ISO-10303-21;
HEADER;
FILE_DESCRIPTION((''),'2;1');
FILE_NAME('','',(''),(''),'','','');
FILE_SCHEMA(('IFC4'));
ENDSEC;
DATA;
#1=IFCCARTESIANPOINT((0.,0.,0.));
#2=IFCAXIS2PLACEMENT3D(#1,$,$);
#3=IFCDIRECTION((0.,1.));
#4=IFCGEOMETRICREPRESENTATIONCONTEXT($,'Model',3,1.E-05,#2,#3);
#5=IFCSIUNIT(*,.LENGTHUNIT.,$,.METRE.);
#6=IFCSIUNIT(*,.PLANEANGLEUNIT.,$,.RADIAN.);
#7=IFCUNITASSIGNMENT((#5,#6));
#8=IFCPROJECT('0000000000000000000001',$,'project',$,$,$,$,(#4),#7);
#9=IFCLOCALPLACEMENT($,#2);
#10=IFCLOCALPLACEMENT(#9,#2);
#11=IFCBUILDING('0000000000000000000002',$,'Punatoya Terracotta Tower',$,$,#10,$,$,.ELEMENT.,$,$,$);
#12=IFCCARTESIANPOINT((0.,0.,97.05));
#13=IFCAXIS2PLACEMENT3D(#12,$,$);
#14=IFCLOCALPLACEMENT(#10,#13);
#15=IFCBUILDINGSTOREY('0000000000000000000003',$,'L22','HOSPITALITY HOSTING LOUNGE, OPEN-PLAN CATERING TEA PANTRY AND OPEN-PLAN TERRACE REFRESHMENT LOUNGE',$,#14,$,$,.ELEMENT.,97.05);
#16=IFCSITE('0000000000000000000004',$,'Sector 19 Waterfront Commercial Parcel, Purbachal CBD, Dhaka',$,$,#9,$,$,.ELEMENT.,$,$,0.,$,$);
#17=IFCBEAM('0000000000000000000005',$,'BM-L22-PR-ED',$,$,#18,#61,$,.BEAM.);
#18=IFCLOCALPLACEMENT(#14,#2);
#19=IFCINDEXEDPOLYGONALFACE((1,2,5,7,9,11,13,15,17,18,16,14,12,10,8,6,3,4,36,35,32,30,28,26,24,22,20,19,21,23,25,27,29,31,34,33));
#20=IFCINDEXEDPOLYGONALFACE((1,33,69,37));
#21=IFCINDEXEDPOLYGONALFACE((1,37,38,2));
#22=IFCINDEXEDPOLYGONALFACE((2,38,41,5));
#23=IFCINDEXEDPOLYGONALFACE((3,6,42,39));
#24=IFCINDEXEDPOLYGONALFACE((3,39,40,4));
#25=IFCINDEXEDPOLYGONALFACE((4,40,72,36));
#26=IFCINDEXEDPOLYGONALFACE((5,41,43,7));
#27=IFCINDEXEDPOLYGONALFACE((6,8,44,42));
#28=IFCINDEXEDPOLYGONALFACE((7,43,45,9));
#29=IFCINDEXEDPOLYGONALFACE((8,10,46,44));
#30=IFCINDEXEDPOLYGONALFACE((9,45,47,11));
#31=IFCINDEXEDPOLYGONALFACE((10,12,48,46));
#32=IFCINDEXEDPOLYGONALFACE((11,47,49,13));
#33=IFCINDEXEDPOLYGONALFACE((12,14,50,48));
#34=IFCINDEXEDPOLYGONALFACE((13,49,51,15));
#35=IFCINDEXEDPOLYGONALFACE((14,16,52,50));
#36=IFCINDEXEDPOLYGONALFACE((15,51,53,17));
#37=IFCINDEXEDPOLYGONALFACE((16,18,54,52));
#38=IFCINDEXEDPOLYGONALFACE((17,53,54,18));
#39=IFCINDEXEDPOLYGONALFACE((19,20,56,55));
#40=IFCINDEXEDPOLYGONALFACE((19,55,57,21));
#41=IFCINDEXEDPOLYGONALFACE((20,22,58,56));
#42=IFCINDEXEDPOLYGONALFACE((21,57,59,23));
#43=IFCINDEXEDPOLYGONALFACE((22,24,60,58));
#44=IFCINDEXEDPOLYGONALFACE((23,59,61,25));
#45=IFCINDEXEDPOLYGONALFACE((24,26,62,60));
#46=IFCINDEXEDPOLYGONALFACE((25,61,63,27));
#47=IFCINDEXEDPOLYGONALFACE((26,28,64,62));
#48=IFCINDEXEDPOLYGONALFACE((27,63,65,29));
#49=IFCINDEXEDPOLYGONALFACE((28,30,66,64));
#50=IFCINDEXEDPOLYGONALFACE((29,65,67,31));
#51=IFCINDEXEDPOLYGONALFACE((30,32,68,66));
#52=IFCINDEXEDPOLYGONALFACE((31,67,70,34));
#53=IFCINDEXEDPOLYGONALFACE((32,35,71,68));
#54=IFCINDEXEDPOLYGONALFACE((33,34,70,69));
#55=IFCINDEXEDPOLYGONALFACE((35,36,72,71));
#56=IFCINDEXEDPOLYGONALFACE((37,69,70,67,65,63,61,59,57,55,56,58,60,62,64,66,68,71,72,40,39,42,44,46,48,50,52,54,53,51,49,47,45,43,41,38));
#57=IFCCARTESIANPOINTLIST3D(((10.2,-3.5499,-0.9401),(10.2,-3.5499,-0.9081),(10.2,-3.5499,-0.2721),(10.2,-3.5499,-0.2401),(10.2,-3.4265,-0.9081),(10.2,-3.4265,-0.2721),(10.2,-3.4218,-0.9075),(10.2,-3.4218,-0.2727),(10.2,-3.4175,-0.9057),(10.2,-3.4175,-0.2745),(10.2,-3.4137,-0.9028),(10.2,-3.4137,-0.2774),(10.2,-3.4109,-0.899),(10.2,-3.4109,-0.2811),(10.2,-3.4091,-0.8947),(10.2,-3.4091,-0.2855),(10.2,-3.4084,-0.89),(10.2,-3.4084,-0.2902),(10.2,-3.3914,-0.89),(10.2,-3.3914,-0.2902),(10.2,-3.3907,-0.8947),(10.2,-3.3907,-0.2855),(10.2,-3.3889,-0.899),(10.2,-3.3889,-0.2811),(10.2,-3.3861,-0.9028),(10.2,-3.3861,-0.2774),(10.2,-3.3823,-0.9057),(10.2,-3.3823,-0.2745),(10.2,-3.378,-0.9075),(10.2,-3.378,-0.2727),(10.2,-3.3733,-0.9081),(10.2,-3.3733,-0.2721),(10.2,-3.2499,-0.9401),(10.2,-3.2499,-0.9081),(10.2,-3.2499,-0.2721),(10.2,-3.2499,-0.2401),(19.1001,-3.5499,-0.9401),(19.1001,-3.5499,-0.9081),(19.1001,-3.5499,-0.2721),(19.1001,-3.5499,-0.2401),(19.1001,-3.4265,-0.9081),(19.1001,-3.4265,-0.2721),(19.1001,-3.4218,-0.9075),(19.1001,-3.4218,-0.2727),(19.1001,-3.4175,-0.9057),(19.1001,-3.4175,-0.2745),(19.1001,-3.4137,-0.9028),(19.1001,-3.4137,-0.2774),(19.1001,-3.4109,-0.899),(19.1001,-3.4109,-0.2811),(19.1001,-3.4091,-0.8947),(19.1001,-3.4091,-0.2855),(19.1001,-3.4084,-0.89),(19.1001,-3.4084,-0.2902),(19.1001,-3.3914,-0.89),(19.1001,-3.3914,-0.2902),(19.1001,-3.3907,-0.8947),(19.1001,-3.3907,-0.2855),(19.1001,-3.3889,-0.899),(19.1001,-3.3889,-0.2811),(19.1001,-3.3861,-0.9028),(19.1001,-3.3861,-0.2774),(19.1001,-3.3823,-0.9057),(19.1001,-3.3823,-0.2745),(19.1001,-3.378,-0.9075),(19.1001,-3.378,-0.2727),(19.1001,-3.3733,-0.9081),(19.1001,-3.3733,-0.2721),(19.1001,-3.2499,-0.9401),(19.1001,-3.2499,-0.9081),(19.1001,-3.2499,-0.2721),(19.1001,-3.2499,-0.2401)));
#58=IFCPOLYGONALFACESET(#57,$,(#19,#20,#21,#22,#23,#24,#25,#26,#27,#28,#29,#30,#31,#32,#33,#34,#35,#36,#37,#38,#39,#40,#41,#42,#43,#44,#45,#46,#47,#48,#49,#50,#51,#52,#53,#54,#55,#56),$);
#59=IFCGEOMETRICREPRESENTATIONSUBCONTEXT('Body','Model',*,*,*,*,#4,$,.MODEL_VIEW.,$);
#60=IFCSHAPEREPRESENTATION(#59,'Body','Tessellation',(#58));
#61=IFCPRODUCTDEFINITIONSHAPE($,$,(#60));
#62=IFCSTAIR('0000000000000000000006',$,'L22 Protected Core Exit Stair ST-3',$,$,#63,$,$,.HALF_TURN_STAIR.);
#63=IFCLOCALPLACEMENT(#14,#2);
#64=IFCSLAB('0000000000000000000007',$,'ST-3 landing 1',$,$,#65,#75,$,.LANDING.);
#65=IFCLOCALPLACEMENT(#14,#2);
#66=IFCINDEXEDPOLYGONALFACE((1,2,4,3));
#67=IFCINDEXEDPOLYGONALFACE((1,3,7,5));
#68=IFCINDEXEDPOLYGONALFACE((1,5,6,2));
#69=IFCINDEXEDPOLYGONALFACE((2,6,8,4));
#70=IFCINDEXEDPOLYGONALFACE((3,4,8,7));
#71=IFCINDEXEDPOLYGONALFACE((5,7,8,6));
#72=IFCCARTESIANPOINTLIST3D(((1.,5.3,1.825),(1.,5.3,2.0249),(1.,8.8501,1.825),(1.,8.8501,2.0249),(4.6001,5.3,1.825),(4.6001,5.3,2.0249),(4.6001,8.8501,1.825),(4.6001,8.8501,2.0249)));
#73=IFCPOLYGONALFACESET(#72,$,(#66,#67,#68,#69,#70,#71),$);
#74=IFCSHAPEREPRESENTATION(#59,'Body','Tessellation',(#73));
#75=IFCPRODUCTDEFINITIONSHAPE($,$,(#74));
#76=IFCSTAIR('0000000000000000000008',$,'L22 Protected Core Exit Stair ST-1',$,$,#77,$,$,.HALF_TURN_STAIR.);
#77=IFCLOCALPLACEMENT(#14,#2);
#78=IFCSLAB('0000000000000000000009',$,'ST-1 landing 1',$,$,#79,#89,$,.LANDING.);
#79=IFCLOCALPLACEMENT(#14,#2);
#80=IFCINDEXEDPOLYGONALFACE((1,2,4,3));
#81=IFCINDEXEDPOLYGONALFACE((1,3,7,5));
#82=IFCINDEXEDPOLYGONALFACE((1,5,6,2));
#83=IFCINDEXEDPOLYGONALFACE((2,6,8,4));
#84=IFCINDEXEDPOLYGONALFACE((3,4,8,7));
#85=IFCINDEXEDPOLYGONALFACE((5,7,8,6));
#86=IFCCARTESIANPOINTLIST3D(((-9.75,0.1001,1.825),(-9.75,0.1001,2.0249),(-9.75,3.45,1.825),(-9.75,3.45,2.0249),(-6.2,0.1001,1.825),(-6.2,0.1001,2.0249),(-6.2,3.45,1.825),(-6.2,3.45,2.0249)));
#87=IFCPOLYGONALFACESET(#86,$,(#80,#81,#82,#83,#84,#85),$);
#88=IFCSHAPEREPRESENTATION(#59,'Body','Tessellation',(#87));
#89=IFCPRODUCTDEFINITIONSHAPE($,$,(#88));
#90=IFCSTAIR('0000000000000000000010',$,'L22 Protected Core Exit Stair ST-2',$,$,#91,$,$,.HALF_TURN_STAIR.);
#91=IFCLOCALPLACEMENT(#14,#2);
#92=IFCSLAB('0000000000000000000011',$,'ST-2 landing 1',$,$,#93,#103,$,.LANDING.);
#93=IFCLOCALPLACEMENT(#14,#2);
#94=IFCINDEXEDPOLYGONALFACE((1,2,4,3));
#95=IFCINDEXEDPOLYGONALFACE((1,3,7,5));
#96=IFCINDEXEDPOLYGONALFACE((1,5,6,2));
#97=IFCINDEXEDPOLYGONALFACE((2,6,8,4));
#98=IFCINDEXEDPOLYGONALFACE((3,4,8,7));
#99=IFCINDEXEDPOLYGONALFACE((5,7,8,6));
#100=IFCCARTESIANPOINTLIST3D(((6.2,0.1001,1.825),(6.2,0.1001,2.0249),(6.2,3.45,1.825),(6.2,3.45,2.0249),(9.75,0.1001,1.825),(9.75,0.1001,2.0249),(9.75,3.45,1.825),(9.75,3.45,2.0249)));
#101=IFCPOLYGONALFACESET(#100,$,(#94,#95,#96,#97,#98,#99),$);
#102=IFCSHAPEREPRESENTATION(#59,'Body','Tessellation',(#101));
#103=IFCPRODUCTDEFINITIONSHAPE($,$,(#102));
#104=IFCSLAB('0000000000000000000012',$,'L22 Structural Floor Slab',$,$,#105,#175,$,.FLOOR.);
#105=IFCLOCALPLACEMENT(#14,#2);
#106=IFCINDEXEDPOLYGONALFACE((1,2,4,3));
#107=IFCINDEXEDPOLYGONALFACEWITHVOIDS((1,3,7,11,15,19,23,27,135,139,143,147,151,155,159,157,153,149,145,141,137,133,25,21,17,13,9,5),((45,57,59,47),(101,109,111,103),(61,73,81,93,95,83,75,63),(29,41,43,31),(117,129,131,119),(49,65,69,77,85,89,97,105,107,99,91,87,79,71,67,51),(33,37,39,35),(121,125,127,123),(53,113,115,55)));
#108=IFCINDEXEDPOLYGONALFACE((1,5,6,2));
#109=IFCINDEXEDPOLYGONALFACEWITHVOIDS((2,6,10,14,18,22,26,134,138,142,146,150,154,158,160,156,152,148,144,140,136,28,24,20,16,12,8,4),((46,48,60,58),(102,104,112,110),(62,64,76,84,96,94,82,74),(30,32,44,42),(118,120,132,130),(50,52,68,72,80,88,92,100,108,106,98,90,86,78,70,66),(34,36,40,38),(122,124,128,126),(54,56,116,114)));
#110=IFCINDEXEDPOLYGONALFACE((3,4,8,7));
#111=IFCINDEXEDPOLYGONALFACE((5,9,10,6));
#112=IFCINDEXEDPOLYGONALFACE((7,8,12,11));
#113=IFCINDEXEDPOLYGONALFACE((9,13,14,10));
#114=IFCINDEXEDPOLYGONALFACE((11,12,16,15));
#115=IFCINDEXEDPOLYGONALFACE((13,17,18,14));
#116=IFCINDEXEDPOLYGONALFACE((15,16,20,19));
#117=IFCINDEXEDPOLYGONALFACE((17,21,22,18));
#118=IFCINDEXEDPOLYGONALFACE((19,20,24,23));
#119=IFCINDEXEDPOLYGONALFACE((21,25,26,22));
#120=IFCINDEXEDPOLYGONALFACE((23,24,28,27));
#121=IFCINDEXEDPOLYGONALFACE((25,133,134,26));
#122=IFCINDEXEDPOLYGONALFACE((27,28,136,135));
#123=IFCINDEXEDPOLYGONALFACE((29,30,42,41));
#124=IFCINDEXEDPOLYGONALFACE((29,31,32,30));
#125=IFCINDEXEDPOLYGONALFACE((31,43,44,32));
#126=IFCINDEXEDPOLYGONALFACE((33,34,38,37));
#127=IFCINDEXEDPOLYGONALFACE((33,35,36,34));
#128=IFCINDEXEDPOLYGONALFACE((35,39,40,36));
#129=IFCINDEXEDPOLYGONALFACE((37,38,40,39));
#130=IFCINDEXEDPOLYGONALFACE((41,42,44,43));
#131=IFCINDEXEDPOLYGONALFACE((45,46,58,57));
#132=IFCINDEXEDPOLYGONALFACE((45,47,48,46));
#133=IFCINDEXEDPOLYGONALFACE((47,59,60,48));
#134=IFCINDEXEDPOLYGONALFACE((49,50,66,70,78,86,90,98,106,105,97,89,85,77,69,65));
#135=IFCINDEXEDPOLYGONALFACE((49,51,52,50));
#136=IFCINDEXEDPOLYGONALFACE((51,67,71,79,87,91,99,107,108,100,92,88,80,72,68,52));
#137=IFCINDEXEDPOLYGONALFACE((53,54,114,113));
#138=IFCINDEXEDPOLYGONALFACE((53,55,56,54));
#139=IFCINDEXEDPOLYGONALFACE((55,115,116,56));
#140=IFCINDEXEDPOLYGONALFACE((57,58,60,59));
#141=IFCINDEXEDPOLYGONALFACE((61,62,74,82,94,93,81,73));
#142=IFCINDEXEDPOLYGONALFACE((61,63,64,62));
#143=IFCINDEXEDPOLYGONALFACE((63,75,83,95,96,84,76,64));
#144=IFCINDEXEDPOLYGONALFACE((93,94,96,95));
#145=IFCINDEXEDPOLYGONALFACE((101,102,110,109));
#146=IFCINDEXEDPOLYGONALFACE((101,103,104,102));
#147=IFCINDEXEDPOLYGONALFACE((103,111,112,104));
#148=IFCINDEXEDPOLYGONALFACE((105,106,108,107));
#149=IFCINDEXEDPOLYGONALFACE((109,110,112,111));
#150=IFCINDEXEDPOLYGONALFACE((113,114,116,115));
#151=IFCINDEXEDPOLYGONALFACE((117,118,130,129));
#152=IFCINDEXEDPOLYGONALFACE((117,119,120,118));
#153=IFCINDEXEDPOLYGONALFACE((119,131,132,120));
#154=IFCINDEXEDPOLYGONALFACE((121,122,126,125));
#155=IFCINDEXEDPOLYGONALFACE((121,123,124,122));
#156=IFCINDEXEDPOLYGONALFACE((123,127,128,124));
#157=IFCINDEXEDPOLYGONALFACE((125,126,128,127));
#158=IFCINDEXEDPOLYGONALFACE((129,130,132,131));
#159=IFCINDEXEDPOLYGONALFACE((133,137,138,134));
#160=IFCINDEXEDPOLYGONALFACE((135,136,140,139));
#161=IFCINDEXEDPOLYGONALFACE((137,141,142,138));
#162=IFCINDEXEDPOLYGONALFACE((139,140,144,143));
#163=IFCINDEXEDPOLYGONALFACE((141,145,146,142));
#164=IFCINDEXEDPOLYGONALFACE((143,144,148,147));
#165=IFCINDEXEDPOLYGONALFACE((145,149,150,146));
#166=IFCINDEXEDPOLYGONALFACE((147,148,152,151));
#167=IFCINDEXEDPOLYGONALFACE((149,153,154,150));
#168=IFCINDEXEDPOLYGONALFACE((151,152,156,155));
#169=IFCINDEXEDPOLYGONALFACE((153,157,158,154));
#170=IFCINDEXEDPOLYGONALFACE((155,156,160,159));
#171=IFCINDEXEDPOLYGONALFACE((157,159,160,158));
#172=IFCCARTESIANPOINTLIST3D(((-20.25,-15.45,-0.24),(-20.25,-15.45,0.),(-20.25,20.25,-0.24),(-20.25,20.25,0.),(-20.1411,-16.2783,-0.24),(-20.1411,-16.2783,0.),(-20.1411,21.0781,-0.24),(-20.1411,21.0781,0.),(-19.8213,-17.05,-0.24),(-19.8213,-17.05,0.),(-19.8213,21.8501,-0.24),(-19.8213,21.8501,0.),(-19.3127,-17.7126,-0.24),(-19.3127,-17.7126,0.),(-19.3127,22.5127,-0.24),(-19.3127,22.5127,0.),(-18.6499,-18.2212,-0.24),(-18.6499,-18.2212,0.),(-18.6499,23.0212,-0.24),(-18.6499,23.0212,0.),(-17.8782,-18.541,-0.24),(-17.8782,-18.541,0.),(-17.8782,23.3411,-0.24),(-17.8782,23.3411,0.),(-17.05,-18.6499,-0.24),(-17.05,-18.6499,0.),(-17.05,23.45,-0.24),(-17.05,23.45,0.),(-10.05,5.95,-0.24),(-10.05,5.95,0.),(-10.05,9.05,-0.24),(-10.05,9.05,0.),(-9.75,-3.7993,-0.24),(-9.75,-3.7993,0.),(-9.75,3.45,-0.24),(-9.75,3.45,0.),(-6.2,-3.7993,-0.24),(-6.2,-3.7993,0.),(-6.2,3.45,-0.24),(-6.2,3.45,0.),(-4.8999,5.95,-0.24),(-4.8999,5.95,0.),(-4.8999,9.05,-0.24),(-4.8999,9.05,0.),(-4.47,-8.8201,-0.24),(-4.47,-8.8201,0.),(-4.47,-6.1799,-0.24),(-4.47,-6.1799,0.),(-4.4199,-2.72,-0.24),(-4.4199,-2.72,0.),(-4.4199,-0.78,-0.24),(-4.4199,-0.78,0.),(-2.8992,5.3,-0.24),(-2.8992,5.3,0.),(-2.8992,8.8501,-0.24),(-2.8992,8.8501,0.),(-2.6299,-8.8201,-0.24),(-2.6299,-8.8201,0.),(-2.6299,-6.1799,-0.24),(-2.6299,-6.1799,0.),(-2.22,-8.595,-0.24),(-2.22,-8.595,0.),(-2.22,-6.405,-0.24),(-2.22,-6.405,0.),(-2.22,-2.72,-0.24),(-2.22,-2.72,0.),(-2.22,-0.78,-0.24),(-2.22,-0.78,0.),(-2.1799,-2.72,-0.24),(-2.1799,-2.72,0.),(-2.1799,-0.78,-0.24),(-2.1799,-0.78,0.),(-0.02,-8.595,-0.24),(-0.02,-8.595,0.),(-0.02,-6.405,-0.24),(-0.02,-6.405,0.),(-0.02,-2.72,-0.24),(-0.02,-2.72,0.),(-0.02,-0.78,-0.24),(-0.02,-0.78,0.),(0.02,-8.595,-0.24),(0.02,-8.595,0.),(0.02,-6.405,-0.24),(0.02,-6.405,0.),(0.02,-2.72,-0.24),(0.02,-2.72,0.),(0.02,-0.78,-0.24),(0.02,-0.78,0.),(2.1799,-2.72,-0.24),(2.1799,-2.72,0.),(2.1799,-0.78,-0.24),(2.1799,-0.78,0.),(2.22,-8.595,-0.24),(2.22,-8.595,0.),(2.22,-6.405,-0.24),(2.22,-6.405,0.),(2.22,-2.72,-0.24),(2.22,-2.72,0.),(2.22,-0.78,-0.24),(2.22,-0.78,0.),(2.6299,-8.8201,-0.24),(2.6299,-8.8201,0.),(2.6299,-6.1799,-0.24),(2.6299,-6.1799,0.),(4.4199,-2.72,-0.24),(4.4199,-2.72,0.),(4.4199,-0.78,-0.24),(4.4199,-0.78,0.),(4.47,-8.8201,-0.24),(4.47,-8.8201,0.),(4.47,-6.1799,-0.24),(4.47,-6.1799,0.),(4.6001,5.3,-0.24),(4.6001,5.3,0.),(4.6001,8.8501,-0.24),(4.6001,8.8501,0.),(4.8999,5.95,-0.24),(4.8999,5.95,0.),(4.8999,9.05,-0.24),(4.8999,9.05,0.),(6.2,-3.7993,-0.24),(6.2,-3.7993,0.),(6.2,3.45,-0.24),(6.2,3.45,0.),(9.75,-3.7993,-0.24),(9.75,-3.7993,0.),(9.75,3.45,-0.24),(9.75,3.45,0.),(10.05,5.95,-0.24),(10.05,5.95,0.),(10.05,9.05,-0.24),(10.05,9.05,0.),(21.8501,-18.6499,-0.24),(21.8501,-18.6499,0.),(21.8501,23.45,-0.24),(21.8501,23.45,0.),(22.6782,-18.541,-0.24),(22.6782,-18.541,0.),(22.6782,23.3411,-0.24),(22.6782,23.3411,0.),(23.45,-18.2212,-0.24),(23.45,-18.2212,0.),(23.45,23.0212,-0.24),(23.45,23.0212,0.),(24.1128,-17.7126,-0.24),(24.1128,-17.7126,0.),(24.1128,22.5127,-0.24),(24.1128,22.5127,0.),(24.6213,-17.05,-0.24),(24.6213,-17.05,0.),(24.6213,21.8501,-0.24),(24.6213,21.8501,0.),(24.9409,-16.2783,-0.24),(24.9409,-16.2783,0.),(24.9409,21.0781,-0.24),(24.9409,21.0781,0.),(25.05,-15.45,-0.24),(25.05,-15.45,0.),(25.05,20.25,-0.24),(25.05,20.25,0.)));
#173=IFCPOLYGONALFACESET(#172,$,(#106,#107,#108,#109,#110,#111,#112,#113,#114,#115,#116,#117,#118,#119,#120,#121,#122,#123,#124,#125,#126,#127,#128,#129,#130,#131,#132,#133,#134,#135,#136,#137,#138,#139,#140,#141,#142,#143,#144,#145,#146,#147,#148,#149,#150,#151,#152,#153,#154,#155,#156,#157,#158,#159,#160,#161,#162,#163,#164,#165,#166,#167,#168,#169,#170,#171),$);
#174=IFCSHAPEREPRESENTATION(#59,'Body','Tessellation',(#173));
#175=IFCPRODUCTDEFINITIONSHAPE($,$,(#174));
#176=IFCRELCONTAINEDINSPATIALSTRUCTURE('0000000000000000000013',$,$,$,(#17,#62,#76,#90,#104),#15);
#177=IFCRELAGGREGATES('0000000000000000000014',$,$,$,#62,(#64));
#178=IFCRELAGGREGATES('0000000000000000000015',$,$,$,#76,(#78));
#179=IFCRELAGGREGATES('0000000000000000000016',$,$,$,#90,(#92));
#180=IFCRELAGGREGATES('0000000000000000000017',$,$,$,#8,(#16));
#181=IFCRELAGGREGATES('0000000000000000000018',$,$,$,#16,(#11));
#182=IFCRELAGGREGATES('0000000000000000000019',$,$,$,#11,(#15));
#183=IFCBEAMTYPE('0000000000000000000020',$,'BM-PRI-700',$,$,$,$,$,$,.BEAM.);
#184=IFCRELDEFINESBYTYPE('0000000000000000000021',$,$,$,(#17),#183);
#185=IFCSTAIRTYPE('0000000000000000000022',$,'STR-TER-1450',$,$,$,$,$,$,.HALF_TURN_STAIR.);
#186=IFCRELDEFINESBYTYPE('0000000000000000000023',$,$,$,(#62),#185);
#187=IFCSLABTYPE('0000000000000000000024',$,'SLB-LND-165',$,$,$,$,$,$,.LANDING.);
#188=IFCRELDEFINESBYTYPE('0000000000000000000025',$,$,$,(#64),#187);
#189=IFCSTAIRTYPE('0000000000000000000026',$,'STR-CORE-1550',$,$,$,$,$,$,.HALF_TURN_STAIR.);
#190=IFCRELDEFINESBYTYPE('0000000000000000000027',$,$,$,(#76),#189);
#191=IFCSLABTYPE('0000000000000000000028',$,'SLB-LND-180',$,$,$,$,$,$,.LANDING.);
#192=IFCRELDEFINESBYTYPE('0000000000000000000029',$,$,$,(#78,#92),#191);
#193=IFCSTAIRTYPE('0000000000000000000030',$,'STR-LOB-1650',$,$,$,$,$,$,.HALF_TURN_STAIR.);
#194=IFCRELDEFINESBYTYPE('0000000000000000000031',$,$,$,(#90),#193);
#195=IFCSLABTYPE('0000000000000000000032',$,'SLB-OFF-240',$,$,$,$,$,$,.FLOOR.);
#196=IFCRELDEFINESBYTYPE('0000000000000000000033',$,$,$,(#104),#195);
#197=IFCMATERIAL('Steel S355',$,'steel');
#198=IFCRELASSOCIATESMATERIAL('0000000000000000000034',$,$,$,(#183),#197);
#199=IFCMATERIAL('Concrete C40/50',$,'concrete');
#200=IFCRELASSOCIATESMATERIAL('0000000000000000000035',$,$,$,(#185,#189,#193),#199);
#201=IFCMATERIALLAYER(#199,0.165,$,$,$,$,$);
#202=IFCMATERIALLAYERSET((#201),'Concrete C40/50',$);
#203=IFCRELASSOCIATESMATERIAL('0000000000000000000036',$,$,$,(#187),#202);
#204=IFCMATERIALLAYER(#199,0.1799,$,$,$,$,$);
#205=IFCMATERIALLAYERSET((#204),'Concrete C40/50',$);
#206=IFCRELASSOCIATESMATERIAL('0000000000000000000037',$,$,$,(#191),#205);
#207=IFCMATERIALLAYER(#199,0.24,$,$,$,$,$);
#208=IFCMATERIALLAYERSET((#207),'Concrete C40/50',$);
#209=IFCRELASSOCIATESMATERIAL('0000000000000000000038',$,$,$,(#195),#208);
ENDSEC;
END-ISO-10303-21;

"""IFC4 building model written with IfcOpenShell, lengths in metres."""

from ifc_helpers import new_model, si_unit, direction, frame, origin, origin_2d, place, context, subcontext, project, spatial, polyline, i_section, outline, extrude, material, layer, layer_set, material_profile, profile_set, type_object, element, aggregate, save


model = new_model("IFC4")

# Units and contexts
model_context = context("Model", 3, precision=1e-05, world=origin(), true_north=direction((0.0, 1.0)))
body_context = subcontext(model_context, "Body", "Model", "MODEL_VIEW")
ifc_project = project(units=[si_unit("LENGTHUNIT", "METRE"), si_unit("PLANEANGLEUNIT", "RADIAN")], contexts=[model_context])

# Site, building, storey
site_placement = place(None, origin())
site = spatial("IfcSite", under=ifc_project, at=site_placement, Name="Sector 19 Waterfront Commercial Parcel, Purbachal CBD, Dhaka", CompositionType="ELEMENT", RefElevation=0.0)
building_placement = place(site_placement, origin())
building = spatial("IfcBuilding", under=site, at=building_placement, Name="Punatoya Terracotta Tower", CompositionType="ELEMENT")
storey_placement = place(building_placement, frame((0.0, 0.0, 97.05)))
storey = spatial("IfcBuildingStorey", under=building, at=storey_placement, Name="L22", Description="HOSPITALITY HOSTING LOUNGE, OPEN-PLAN CATERING TEA PANTRY AND OPEN-PLAN TERRACE REFRESHMENT LOUNGE", CompositionType="ELEMENT", Elevation=97.05)

# Beam
ifc_material_1 = material(Name="Steel S355", Category="steel")
ifc_material_profile = material_profile(ifc_material_1, i_section(OverallWidth=0.3, OverallDepth=0.7, WebThickness=0.0171, FlangeThickness=0.032, FilletRadius=0.0181, at=origin_2d()))
ifc_profile_set = profile_set([ifc_material_profile], Name="Steel S355")
beam_type = type_object("IfcBeamType", Name="BM-PRI-700", PredefinedType="BEAM", material=ifc_profile_set)
beam_placement = place(storey_placement, frame((10.2, -3.3999, -0.5901), z_axis=(1.0, 0.0, 0.0), x_axis=(0.0, 1.0, 0.0)))
element("IfcBeam", 1, at=beam_placement, inside=storey, type_object=beam_type, Name="BM-L22-PR-ED", PredefinedType="BEAM", context=body_context, shape_type="SweptSolid", body=[
    extrude(i_section(OverallWidth=0.3, OverallDepth=0.7, WebThickness=0.0171, FlangeThickness=0.032, FilletRadius=0.0181, at=origin_2d()), origin(), (0.0, 0.0, 1.0), 8.9001),
])

# Stairs, slabs
ifc_material_2 = material(Name="Concrete C40/50", Category="concrete")
stair_type_1 = type_object("IfcStairType", Name="STR-TER-1450", PredefinedType="HALF_TURN_STAIR", material=ifc_material_2)
stair_1_placement = place(storey_placement, origin())
stair_1 = element("IfcStair", 2, at=stair_1_placement, inside=storey, type_object=stair_type_1, Name="L22 Protected Core Exit Stair ST-3", PredefinedType="HALF_TURN_STAIR")
ifc_layer_1 = layer(ifc_material_2, 0.165)
ifc_layer_set_1 = layer_set([ifc_layer_1], Name="Concrete C40/50")
slab_type_1 = type_object("IfcSlabType", Name="SLB-LND-165", PredefinedType="LANDING", material=ifc_layer_set_1)
slab_1_placement = place(storey_placement, frame((0.0, 0.0, 1.825)))
slab_1 = element("IfcSlab", 3, at=slab_1_placement, type_object=slab_type_1, Name="ST-3 landing 1", PredefinedType="LANDING", context=body_context, shape_type="SweptSolid", body=[
    extrude(outline(polyline([(1.0, 5.3), (4.6001, 5.3), (4.6001, 8.8501), (1.0, 8.8501), (1.0, 5.3)])), origin(), (0.0, 0.0, 1.0), 0.2),
])
aggregate(stair_1, [slab_1])
stair_type_2 = type_object("IfcStairType", Name="STR-CORE-1550", PredefinedType="HALF_TURN_STAIR", material=ifc_material_2)
stair_2_placement = place(storey_placement, origin())
stair_2 = element("IfcStair", 4, at=stair_2_placement, inside=storey, type_object=stair_type_2, Name="L22 Protected Core Exit Stair ST-1", PredefinedType="HALF_TURN_STAIR")
ifc_layer_2 = layer(ifc_material_2, 0.1799)
ifc_layer_set_2 = layer_set([ifc_layer_2], Name="Concrete C40/50")
slab_type_2 = type_object("IfcSlabType", Name="SLB-LND-180", PredefinedType="LANDING", material=ifc_layer_set_2)
slab_2_placement = place(storey_placement, frame((0.0, 0.0, 1.825)))
slab_2 = element("IfcSlab", 5, at=slab_2_placement, type_object=slab_type_2, Name="ST-1 landing 1", PredefinedType="LANDING", context=body_context, shape_type="SweptSolid", body=[
    extrude(outline(polyline([(-6.2, 0.1001), (-6.2, 3.45), (-9.75, 3.45), (-9.75, 0.1001), (-6.2, 0.1001)])), origin(), (0.0, 0.0, 1.0), 0.2),
])
aggregate(stair_2, [slab_2])
stair_type_3 = type_object("IfcStairType", Name="STR-LOB-1650", PredefinedType="HALF_TURN_STAIR", material=ifc_material_2)
stair_3_placement = place(storey_placement, origin())
stair_3 = element("IfcStair", 6, at=stair_3_placement, inside=storey, type_object=stair_type_3, Name="L22 Protected Core Exit Stair ST-2", PredefinedType="HALF_TURN_STAIR")
slab_3_placement = place(storey_placement, frame((0.0, 0.0, 1.825)))
slab_3 = element("IfcSlab", 7, at=slab_3_placement, type_object=slab_type_2, Name="ST-2 landing 1", PredefinedType="LANDING", context=body_context, shape_type="SweptSolid", body=[
    extrude(outline(polyline([(9.75, 0.1001), (9.75, 3.45), (6.2, 3.45), (6.2, 0.1001), (9.75, 0.1001)])), origin(), (0.0, 0.0, 1.0), 0.2),
])

# Slab
ifc_layer_3 = layer(ifc_material_2, 0.24)
ifc_layer_set_3 = layer_set([ifc_layer_3], Name="Concrete C40/50")
slab_type_3 = type_object("IfcSlabType", Name="SLB-OFF-240", PredefinedType="FLOOR", material=ifc_layer_set_3)
slab_4_placement = place(storey_placement, frame((0.0, 0.0, -0.24)))
element("IfcSlab", 8, at=slab_4_placement, inside=storey, type_object=slab_type_3, Name="L22 Structural Floor Slab", PredefinedType="FLOOR", context=body_context, shape_type="SweptSolid", body=[
    extrude(outline(polyline([(-17.05, -18.6499), (-17.8782, -18.541), (-18.6499, -18.2212), (-19.3127, -17.7126), (-19.8213, -17.05), (-20.1411, -16.2783), (-20.25, -15.45), (-20.25, 20.25), (-20.1411, 21.0781), (-19.8213, 21.8501), (-19.3127, 22.5127), (-18.6499, 23.0212), (-17.8782, 23.3411), (-17.05, 23.45), (21.8501, 23.45), (22.6782, 23.3411), (23.45, 23.0212), (24.1128, 22.5127), (24.6213, 21.8501), (24.9409, 21.0781), (25.05, 20.25), (25.05, -15.45), (24.9409, -16.2783), (24.6213, -17.05), (24.1128, -17.7126), (23.45, -18.2212), (22.6782, -18.541), (21.8501, -18.6499), (-17.05, -18.6499)]), holes=[polyline([(-2.6299, -6.1799), (-4.47, -6.1799), (-4.47, -8.8201), (-2.6299, -8.8201), (-2.6299, -6.1799)]), polyline([(0.02, -8.595), (2.22, -8.595), (2.22, -6.405), (0.02, -6.405), (-0.02, -6.405), (-2.22, -6.405), (-2.22, -8.595), (-0.02, -8.595), (0.02, -8.595)]), polyline([(-2.22, -2.72), (-2.1799, -2.72), (-0.02, -2.72), (0.02, -2.72), (2.1799, -2.72), (2.22, -2.72), (4.4199, -2.72), (4.4199, -0.78), (2.22, -0.78), (2.1799, -0.78), (0.02, -0.78), (-0.02, -0.78), (-2.1799, -0.78), (-2.22, -0.78), (-4.4199, -0.78), (-4.4199, -2.72), (-2.22, -2.72)]), polyline([(-6.2, 3.45), (-9.75, 3.45), (-9.75, -3.7993), (-6.2, -3.7993), (-6.2, 3.45)]), polyline([(4.6001, 5.3), (4.6001, 8.8501), (-2.8992, 8.8501), (-2.8992, 5.3), (4.6001, 5.3)]), polyline([(-4.8999, 9.05), (-10.05, 9.05), (-10.05, 5.95), (-4.8999, 5.95), (-4.8999, 9.05)]), polyline([(4.47, -8.8201), (4.47, -6.1799), (2.6299, -6.1799), (2.6299, -8.8201), (4.47, -8.8201)]), polyline([(9.75, 3.45), (6.2, 3.45), (6.2, -3.7993), (9.75, -3.7993), (9.75, 3.45)]), polyline([(10.05, 5.95), (10.05, 9.05), (4.8999, 9.05), (4.8999, 5.95), (10.05, 5.95)])]), origin(), (0.0, 0.0, 1.0), 0.24),
])

aggregate(stair_3, [slab_3])

save(model, "model.ifc")
